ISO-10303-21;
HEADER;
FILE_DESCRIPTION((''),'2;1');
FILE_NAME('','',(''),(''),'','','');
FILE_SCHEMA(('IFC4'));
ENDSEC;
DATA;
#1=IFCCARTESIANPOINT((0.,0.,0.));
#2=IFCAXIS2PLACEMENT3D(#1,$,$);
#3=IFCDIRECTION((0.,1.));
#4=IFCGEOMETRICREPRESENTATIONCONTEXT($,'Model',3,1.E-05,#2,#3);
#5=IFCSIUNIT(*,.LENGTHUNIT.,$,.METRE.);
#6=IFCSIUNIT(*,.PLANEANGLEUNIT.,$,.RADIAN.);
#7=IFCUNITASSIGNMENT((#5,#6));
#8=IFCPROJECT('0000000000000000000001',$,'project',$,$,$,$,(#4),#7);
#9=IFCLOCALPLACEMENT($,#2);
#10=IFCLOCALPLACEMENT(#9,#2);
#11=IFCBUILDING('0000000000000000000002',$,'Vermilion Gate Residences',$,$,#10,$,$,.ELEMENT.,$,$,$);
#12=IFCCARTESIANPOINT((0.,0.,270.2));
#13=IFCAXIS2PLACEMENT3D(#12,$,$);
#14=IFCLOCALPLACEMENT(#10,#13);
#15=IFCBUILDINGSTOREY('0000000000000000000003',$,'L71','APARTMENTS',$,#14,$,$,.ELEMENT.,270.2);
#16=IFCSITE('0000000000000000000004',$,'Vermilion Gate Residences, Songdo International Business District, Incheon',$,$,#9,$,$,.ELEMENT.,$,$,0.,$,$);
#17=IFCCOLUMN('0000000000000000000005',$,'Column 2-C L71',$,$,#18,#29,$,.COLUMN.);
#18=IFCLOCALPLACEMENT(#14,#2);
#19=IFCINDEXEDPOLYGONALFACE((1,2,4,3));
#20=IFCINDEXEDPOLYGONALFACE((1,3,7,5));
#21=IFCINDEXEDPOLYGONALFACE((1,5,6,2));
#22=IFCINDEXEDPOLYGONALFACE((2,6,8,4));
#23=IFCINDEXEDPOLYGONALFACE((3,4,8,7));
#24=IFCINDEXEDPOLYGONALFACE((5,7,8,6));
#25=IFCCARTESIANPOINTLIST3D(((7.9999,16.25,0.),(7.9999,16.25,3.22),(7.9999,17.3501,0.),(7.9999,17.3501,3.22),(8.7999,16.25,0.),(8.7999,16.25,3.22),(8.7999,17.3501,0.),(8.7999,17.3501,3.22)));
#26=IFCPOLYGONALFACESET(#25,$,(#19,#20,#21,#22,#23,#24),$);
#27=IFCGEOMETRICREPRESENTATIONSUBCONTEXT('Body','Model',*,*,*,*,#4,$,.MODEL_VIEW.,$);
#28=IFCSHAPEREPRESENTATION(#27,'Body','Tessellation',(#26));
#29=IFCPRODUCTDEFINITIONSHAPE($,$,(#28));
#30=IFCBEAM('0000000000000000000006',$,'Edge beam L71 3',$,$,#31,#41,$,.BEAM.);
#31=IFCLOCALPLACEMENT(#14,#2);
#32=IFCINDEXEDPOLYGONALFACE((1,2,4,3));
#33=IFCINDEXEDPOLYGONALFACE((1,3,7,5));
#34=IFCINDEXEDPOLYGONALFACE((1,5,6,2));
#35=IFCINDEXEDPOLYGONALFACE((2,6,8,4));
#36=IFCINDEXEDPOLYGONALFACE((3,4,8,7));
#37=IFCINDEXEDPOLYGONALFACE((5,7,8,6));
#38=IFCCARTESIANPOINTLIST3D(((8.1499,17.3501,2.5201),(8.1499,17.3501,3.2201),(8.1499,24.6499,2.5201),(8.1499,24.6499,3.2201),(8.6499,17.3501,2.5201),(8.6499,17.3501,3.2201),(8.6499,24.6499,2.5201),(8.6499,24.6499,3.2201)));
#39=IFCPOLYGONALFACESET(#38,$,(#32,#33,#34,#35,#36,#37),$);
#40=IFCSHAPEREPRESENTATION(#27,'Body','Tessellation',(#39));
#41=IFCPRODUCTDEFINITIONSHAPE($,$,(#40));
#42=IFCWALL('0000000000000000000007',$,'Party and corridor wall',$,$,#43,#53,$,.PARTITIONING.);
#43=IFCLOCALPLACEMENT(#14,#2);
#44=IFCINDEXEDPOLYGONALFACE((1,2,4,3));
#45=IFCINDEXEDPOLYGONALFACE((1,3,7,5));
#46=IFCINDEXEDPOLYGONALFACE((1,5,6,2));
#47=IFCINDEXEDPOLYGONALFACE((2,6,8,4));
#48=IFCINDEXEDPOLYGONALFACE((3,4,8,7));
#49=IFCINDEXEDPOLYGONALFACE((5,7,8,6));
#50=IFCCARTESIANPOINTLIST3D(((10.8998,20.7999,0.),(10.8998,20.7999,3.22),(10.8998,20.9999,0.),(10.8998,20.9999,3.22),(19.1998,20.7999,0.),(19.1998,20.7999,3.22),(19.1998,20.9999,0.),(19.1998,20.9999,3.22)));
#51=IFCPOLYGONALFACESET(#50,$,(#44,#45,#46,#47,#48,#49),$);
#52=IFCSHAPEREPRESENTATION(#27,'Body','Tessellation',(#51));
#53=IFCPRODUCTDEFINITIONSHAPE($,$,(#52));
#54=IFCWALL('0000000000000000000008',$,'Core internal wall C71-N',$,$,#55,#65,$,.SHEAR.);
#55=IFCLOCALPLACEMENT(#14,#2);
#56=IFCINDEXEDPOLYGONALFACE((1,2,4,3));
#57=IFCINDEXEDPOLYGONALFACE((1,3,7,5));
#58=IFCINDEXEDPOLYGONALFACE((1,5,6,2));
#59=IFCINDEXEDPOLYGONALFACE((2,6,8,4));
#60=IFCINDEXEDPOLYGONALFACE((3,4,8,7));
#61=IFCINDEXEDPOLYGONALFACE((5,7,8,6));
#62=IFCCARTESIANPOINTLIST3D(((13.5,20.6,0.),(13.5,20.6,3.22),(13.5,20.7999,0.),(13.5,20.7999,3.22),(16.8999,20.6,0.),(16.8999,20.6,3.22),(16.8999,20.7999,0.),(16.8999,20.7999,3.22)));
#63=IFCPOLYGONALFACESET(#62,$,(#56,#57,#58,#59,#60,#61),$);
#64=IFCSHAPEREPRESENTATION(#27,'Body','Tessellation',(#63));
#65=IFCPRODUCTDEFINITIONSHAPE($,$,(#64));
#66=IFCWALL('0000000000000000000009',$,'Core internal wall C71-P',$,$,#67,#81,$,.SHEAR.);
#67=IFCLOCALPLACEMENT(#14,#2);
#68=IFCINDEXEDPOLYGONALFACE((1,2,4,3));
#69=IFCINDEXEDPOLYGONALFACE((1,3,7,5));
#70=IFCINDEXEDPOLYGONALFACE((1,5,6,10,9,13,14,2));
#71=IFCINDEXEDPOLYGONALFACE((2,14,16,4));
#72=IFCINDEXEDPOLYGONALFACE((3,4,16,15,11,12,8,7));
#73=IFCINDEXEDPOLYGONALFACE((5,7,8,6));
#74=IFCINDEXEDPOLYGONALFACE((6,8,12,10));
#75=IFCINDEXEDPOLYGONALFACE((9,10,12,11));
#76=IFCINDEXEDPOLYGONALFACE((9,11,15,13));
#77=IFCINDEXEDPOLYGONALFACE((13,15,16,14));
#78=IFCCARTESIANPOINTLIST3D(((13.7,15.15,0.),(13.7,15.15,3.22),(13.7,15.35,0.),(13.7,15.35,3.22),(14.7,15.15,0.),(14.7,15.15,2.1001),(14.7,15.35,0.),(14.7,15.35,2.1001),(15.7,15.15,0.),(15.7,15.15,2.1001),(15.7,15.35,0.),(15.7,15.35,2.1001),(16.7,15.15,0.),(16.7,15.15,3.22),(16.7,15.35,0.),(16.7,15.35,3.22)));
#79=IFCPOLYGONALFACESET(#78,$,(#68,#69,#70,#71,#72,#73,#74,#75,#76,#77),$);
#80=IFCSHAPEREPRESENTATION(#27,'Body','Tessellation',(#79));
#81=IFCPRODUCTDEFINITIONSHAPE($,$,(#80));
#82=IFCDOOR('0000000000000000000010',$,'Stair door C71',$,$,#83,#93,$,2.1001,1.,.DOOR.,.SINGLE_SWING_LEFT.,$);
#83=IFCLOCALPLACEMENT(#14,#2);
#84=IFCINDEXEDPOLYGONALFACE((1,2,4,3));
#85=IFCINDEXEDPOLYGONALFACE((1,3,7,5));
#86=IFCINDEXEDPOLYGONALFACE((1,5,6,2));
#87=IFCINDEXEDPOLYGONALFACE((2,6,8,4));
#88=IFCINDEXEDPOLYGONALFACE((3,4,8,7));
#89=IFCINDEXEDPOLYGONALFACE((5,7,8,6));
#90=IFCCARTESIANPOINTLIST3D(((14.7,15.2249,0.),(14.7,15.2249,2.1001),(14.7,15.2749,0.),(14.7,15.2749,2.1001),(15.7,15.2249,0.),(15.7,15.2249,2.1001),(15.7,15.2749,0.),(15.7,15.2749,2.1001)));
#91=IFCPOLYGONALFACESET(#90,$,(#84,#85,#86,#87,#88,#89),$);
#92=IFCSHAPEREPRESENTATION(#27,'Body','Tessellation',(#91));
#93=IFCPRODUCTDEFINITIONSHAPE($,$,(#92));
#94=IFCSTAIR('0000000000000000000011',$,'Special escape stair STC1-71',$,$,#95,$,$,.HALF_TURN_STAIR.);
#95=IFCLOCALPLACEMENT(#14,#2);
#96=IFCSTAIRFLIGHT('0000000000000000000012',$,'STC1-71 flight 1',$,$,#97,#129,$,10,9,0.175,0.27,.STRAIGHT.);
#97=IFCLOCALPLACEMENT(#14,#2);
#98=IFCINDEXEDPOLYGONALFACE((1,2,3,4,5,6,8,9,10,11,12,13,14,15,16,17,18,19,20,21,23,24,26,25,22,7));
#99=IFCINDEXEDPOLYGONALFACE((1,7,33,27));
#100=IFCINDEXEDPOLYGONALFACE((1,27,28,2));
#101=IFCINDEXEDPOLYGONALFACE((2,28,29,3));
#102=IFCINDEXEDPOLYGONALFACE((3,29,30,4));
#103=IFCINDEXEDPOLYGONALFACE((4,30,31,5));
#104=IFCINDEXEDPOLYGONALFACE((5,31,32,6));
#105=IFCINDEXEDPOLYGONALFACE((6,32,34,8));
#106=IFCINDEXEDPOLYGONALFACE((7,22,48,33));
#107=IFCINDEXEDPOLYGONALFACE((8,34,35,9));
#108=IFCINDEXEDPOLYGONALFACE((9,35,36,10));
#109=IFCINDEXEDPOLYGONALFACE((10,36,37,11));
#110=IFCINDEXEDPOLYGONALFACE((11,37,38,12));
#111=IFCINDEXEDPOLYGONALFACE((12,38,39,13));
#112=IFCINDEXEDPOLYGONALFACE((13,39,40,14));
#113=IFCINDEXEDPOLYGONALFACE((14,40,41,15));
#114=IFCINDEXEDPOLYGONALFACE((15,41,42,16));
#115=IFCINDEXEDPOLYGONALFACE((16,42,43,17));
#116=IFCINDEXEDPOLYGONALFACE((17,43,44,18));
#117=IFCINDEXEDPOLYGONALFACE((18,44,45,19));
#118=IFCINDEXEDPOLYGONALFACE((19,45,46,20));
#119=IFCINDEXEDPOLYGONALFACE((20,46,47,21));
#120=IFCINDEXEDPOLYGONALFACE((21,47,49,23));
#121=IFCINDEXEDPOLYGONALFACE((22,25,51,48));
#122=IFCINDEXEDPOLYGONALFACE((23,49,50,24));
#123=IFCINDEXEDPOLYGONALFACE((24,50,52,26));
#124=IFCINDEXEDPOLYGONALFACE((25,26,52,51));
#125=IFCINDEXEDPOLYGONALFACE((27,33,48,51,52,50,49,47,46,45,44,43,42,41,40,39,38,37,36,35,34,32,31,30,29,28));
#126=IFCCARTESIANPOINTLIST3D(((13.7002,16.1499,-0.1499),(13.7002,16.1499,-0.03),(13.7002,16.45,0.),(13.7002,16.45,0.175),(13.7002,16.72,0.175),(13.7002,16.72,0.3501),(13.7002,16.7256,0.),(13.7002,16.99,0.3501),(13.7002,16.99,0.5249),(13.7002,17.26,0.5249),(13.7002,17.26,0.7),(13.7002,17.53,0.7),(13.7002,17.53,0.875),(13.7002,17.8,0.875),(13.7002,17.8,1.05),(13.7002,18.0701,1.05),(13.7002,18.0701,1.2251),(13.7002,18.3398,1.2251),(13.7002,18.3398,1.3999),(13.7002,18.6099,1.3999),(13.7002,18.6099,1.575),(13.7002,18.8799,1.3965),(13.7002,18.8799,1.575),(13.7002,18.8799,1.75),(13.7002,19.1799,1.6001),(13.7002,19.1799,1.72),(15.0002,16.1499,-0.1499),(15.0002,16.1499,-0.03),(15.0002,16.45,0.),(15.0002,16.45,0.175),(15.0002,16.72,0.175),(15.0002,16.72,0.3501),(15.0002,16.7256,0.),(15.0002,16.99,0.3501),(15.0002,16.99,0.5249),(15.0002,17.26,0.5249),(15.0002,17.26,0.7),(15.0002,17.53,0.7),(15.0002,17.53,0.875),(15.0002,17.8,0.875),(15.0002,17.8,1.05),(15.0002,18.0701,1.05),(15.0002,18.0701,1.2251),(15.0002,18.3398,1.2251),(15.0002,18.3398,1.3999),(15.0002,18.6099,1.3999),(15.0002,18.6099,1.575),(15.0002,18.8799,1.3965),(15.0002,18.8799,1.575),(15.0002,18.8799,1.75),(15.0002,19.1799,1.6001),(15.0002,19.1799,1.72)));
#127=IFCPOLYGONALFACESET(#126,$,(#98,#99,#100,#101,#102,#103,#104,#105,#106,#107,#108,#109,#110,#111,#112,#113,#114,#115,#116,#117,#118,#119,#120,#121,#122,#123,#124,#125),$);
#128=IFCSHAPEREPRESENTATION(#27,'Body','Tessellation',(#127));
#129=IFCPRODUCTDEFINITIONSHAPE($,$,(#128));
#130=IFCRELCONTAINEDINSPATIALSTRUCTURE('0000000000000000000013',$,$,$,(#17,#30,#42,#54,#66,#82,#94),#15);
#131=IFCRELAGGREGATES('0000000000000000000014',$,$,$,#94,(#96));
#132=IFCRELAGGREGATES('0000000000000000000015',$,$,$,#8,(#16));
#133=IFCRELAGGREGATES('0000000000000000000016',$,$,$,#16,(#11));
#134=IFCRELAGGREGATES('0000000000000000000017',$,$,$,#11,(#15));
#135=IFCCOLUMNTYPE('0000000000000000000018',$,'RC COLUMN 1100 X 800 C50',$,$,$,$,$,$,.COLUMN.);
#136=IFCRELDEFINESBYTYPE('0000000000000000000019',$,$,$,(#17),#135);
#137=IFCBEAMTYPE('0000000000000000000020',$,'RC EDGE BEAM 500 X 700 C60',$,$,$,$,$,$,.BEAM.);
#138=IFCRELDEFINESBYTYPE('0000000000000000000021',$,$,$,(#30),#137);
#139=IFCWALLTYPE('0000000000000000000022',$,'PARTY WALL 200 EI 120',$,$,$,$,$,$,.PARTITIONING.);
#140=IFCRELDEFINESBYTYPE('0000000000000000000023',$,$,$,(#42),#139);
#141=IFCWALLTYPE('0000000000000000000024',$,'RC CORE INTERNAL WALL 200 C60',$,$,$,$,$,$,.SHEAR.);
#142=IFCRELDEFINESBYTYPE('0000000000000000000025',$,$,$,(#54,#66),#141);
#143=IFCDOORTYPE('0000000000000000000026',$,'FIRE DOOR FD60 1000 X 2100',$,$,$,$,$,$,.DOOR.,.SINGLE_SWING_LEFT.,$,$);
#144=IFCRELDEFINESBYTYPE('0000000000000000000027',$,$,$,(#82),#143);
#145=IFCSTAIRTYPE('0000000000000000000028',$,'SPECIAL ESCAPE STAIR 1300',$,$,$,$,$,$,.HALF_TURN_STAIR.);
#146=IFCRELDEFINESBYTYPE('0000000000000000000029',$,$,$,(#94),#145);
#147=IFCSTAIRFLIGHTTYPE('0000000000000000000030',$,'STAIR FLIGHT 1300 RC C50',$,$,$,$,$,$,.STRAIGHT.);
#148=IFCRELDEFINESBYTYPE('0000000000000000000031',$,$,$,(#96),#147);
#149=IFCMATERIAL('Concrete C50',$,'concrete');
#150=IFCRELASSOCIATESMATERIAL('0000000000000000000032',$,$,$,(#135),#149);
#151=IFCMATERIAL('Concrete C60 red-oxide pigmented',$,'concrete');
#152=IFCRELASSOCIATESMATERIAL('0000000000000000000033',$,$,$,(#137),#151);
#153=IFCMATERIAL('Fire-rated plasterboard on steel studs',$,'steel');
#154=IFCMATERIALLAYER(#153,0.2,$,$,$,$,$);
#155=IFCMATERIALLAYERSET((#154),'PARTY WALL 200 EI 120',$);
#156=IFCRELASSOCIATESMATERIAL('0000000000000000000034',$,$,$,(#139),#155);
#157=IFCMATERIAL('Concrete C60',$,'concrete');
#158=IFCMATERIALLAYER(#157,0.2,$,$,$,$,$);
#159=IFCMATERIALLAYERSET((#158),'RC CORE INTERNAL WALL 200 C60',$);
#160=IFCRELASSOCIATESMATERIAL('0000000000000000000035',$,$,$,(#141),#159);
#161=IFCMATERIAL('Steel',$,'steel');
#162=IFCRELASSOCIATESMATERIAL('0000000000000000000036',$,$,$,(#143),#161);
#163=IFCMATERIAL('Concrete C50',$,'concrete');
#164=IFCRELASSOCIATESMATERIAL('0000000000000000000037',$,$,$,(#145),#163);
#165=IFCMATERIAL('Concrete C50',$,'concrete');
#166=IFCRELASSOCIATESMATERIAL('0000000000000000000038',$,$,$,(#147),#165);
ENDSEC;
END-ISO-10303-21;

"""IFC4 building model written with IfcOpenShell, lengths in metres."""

from ifc_helpers import new_model, si_unit, direction, frame, frame_2d, origin, origin_2d, place, context, subcontext, project, spatial, polyline, rectangle, outline, extrude, material, layer, layer_set, material_profile, profile_set, type_object, element, fill, aggregate, save


model = new_model("IFC4")

# Units and contexts
model_context = context("Model", 3, precision=1e-05, world=origin(), true_north=direction((0.0, 1.0)))
body_context = subcontext(model_context, "Body", "Model", "MODEL_VIEW")
ifc_project = project(units=[si_unit("LENGTHUNIT", "METRE"), si_unit("PLANEANGLEUNIT", "RADIAN")], contexts=[model_context])

# Site, building, storey
site_placement = place(None, origin())
site = spatial("IfcSite", under=ifc_project, at=site_placement, Name="Vermilion Gate Residences, Songdo International Business District, Incheon", CompositionType="ELEMENT", RefElevation=0.0)
building_placement = place(site_placement, origin())
building = spatial("IfcBuilding", under=site, at=building_placement, Name="Vermilion Gate Residences", CompositionType="ELEMENT")
storey_placement = place(building_placement, frame((0.0, 0.0, 270.2)))
storey = spatial("IfcBuildingStorey", under=building, at=storey_placement, Name="L71", Description="APARTMENTS", CompositionType="ELEMENT", Elevation=270.2)

# Column
ifc_material_1 = material(Name="Concrete C50", Category="concrete")
ifc_material_profile_1 = material_profile(ifc_material_1, rectangle(XDim=1.1001, YDim=0.8, at=origin_2d()), Name="RC-1100x800")
ifc_profile_set_1 = profile_set([ifc_material_profile_1], Name="Concrete C50")
column_type = type_object("IfcColumnType", Name="RC COLUMN 1100 X 800 C50", PredefinedType="COLUMN", material=ifc_profile_set_1)
column_placement = place(storey_placement, frame((8.3999, 16.8, 0.0), z_axis=(0.0, 0.0, 1.0), x_axis=(0.0, 1.0, 0.0)))
element("IfcColumn", 1, at=column_placement, inside=storey, type_object=column_type, Name="Column 2-C L71", PredefinedType="COLUMN", context=body_context, shape_type="SweptSolid", body=[
    extrude(rectangle(XDim=1.1001, YDim=0.8, at=origin_2d()), origin(), (0.0, 0.0, 1.0), 3.22),
])

# Beam
ifc_material_2 = material(Name="Concrete C60 red-oxide pigmented", Category="concrete")
ifc_material_profile_2 = material_profile(ifc_material_2, rectangle(XDim=0.5, YDim=0.7, at=origin_2d()), Name="RC-500x700")
ifc_profile_set_2 = profile_set([ifc_material_profile_2], Name="Concrete C60 red-oxide pigmented")
beam_type = type_object("IfcBeamType", Name="RC EDGE BEAM 500 X 700 C60", PredefinedType="BEAM", material=ifc_profile_set_2)
beam_placement = place(storey_placement, frame((8.3999, 17.3501, 2.8701), z_axis=(0.0, 1.0, 0.0), x_axis=(-1.0, 0.0, 0.0)))
element("IfcBeam", 2, at=beam_placement, inside=storey, type_object=beam_type, Name="Edge beam L71 3", PredefinedType="BEAM", context=body_context, shape_type="SweptSolid", body=[
    extrude(rectangle(XDim=0.5, YDim=0.7, at=origin_2d()), origin(), (0.0, 0.0, 1.0), 7.2998),
])

# Walls
ifc_material_3 = material(Name="Fire-rated plasterboard on steel studs", Category="steel")
ifc_layer_1 = layer(ifc_material_3, 0.2)
ifc_layer_set_1 = layer_set([ifc_layer_1], Name="PARTY WALL 200 EI 120")
wall_type_1 = type_object("IfcWallType", Name="PARTY WALL 200 EI 120", PredefinedType="PARTITIONING", material=ifc_layer_set_1)
wall_1_placement = place(storey_placement, frame((10.8999, 20.8999, 0.0), z_axis=(0.0, 0.0, 1.0), x_axis=(1.0, 0.0, 0.0)))
element("IfcWall", 3, at=wall_1_placement, inside=storey, type_object=wall_type_1, Name="Party and corridor wall", PredefinedType="PARTITIONING", context=body_context, shape_type="SweptSolid", body=[
    extrude(rectangle(XDim=8.3, YDim=0.2, at=frame_2d((4.1499, 0.0))), origin(), (0.0, 0.0, 1.0), 3.22),
])
ifc_material_4 = material(Name="Concrete C60", Category="concrete")
ifc_layer_2 = layer(ifc_material_4, 0.2)
ifc_layer_set_2 = layer_set([ifc_layer_2], Name="RC CORE INTERNAL WALL 200 C60")
wall_type_2 = type_object("IfcWallType", Name="RC CORE INTERNAL WALL 200 C60", PredefinedType="SHEAR", material=ifc_layer_set_2)
wall_2_placement = place(storey_placement, frame((13.5, 20.7, 0.0), z_axis=(0.0, 0.0, 1.0), x_axis=(1.0, 0.0, 0.0)))
element("IfcWall", 4, at=wall_2_placement, inside=storey, type_object=wall_type_2, Name="Core internal wall C71-N", PredefinedType="SHEAR", context=body_context, shape_type="SweptSolid", body=[
    extrude(rectangle(XDim=3.3999, YDim=0.2, at=frame_2d((1.7, 0.0))), origin(), (0.0, 0.0, 1.0), 3.22),
])

# Wall, opening, door
wall_3_placement = place(storey_placement, frame((13.7, 15.25, 0.0), z_axis=(0.0, 0.0, 1.0), x_axis=(1.0, 0.0, 0.0)))
wall_3 = element("IfcWall", 5, at=wall_3_placement, inside=storey, type_object=wall_type_2, Name="Core internal wall C71-P", PredefinedType="SHEAR", context=body_context, shape_type="SweptSolid", body=[
    extrude(rectangle(XDim=3.0, YDim=0.2, at=frame_2d((1.5, 0.0))), origin(), (0.0, 0.0, 1.0), 3.22),
])
opening_placement = place(wall_3_placement, frame((1.0, 0.0, 0.0)))
opening = element("IfcOpeningElement", 6, at=opening_placement, cuts=wall_3, PredefinedType="OPENING", context=body_context, shape_type="SweptSolid", body=[
    extrude(rectangle(XDim=1.0, YDim=2.1001, at=frame_2d((0.5, 1.05))), frame((0.0, 0.1099, 0.0), z_axis=(0.0, -1.0, 0.0), x_axis=(1.0, 0.0, 0.0)), (0.0, 0.0, 1.0), 0.22),
])
ifc_material_5 = material(Name="Steel", Category="steel")
door_type = type_object("IfcDoorType", Name="FIRE DOOR FD60 1000 X 2100", OperationType="SINGLE_SWING_LEFT", PredefinedType="DOOR", material=ifc_material_5)
door_placement = place(opening_placement, origin())
door = element("IfcDoor", 7, at=door_placement, inside=storey, type_object=door_type, Name="Stair door C71", OperationType="SINGLE_SWING_LEFT", OverallHeight=2.1001, OverallWidth=1.0, PredefinedType="DOOR", context=body_context, shape_type="SweptSolid", body=[
    extrude(rectangle(XDim=1.0, YDim=2.1001, at=frame_2d((0.5, 1.05))), frame((0.0, 0.0249, 0.0), z_axis=(0.0, -1.0, 0.0), x_axis=(1.0, 0.0, 0.0)), (0.0, 0.0, 1.0), 0.05),
])
fill(opening, door)

# Stair, stair flight
ifc_material_6 = material(Name="Concrete C50", Category="concrete")
stair_type = type_object("IfcStairType", Name="SPECIAL ESCAPE STAIR 1300", PredefinedType="HALF_TURN_STAIR", material=ifc_material_6)
stair_placement = place(storey_placement, origin())
stair = element("IfcStair", 8, at=stair_placement, inside=storey, type_object=stair_type, Name="Special escape stair STC1-71", PredefinedType="HALF_TURN_STAIR")
ifc_material_7 = material(Name="Concrete C50", Category="concrete")
stair_flight_type = type_object("IfcStairFlightType", Name="STAIR FLIGHT 1300 RC C50", PredefinedType="STRAIGHT", material=ifc_material_7)
stair_flight_placement = place(storey_placement, frame((14.3501, 16.45, 0.0), z_axis=(0.0, 0.0, 1.0), x_axis=(0.0, 1.0, 0.0)))
stair_flight = element("IfcStairFlight", 9, at=stair_flight_placement, type_object=stair_flight_type, Name="STC1-71 flight 1", NumberOfRisers=10, NumberOfTreads=9, PredefinedType="STRAIGHT", RiserHeight=0.175, TreadLength=0.27, context=body_context, shape_type="SweptSolid", body=[
    extrude(outline(polyline([(-0.3, -0.1499), (-0.3, -0.03), (0.0, 0.0), (0.0, 0.175), (0.27, 0.175), (0.27, 0.3501), (0.54, 0.3501), (0.54, 0.5249), (0.8101, 0.5249), (0.8101, 0.7), (1.0801, 0.7), (1.0801, 0.875), (1.3501, 0.875), (1.3501, 1.05), (1.6201, 1.05), (1.6201, 1.2251), (1.8899, 1.2251), (1.8899, 1.3999), (2.1599, 1.3999), (2.1599, 1.575), (2.4299, 1.575), (2.4299, 1.75), (2.73, 1.72), (2.73, 1.6001), (2.4299, 1.3965), (0.2756, 0.0), (-0.3, -0.1499)])), frame((0.0, 0.6499, 0.0), z_axis=(0.0, -1.0, 0.0), x_axis=(1.0, 0.0, 0.0)), (0.0, 0.0, 1.0), 1.3),
])
aggregate(stair, [stair_flight])

save(model, "model.ifc")
